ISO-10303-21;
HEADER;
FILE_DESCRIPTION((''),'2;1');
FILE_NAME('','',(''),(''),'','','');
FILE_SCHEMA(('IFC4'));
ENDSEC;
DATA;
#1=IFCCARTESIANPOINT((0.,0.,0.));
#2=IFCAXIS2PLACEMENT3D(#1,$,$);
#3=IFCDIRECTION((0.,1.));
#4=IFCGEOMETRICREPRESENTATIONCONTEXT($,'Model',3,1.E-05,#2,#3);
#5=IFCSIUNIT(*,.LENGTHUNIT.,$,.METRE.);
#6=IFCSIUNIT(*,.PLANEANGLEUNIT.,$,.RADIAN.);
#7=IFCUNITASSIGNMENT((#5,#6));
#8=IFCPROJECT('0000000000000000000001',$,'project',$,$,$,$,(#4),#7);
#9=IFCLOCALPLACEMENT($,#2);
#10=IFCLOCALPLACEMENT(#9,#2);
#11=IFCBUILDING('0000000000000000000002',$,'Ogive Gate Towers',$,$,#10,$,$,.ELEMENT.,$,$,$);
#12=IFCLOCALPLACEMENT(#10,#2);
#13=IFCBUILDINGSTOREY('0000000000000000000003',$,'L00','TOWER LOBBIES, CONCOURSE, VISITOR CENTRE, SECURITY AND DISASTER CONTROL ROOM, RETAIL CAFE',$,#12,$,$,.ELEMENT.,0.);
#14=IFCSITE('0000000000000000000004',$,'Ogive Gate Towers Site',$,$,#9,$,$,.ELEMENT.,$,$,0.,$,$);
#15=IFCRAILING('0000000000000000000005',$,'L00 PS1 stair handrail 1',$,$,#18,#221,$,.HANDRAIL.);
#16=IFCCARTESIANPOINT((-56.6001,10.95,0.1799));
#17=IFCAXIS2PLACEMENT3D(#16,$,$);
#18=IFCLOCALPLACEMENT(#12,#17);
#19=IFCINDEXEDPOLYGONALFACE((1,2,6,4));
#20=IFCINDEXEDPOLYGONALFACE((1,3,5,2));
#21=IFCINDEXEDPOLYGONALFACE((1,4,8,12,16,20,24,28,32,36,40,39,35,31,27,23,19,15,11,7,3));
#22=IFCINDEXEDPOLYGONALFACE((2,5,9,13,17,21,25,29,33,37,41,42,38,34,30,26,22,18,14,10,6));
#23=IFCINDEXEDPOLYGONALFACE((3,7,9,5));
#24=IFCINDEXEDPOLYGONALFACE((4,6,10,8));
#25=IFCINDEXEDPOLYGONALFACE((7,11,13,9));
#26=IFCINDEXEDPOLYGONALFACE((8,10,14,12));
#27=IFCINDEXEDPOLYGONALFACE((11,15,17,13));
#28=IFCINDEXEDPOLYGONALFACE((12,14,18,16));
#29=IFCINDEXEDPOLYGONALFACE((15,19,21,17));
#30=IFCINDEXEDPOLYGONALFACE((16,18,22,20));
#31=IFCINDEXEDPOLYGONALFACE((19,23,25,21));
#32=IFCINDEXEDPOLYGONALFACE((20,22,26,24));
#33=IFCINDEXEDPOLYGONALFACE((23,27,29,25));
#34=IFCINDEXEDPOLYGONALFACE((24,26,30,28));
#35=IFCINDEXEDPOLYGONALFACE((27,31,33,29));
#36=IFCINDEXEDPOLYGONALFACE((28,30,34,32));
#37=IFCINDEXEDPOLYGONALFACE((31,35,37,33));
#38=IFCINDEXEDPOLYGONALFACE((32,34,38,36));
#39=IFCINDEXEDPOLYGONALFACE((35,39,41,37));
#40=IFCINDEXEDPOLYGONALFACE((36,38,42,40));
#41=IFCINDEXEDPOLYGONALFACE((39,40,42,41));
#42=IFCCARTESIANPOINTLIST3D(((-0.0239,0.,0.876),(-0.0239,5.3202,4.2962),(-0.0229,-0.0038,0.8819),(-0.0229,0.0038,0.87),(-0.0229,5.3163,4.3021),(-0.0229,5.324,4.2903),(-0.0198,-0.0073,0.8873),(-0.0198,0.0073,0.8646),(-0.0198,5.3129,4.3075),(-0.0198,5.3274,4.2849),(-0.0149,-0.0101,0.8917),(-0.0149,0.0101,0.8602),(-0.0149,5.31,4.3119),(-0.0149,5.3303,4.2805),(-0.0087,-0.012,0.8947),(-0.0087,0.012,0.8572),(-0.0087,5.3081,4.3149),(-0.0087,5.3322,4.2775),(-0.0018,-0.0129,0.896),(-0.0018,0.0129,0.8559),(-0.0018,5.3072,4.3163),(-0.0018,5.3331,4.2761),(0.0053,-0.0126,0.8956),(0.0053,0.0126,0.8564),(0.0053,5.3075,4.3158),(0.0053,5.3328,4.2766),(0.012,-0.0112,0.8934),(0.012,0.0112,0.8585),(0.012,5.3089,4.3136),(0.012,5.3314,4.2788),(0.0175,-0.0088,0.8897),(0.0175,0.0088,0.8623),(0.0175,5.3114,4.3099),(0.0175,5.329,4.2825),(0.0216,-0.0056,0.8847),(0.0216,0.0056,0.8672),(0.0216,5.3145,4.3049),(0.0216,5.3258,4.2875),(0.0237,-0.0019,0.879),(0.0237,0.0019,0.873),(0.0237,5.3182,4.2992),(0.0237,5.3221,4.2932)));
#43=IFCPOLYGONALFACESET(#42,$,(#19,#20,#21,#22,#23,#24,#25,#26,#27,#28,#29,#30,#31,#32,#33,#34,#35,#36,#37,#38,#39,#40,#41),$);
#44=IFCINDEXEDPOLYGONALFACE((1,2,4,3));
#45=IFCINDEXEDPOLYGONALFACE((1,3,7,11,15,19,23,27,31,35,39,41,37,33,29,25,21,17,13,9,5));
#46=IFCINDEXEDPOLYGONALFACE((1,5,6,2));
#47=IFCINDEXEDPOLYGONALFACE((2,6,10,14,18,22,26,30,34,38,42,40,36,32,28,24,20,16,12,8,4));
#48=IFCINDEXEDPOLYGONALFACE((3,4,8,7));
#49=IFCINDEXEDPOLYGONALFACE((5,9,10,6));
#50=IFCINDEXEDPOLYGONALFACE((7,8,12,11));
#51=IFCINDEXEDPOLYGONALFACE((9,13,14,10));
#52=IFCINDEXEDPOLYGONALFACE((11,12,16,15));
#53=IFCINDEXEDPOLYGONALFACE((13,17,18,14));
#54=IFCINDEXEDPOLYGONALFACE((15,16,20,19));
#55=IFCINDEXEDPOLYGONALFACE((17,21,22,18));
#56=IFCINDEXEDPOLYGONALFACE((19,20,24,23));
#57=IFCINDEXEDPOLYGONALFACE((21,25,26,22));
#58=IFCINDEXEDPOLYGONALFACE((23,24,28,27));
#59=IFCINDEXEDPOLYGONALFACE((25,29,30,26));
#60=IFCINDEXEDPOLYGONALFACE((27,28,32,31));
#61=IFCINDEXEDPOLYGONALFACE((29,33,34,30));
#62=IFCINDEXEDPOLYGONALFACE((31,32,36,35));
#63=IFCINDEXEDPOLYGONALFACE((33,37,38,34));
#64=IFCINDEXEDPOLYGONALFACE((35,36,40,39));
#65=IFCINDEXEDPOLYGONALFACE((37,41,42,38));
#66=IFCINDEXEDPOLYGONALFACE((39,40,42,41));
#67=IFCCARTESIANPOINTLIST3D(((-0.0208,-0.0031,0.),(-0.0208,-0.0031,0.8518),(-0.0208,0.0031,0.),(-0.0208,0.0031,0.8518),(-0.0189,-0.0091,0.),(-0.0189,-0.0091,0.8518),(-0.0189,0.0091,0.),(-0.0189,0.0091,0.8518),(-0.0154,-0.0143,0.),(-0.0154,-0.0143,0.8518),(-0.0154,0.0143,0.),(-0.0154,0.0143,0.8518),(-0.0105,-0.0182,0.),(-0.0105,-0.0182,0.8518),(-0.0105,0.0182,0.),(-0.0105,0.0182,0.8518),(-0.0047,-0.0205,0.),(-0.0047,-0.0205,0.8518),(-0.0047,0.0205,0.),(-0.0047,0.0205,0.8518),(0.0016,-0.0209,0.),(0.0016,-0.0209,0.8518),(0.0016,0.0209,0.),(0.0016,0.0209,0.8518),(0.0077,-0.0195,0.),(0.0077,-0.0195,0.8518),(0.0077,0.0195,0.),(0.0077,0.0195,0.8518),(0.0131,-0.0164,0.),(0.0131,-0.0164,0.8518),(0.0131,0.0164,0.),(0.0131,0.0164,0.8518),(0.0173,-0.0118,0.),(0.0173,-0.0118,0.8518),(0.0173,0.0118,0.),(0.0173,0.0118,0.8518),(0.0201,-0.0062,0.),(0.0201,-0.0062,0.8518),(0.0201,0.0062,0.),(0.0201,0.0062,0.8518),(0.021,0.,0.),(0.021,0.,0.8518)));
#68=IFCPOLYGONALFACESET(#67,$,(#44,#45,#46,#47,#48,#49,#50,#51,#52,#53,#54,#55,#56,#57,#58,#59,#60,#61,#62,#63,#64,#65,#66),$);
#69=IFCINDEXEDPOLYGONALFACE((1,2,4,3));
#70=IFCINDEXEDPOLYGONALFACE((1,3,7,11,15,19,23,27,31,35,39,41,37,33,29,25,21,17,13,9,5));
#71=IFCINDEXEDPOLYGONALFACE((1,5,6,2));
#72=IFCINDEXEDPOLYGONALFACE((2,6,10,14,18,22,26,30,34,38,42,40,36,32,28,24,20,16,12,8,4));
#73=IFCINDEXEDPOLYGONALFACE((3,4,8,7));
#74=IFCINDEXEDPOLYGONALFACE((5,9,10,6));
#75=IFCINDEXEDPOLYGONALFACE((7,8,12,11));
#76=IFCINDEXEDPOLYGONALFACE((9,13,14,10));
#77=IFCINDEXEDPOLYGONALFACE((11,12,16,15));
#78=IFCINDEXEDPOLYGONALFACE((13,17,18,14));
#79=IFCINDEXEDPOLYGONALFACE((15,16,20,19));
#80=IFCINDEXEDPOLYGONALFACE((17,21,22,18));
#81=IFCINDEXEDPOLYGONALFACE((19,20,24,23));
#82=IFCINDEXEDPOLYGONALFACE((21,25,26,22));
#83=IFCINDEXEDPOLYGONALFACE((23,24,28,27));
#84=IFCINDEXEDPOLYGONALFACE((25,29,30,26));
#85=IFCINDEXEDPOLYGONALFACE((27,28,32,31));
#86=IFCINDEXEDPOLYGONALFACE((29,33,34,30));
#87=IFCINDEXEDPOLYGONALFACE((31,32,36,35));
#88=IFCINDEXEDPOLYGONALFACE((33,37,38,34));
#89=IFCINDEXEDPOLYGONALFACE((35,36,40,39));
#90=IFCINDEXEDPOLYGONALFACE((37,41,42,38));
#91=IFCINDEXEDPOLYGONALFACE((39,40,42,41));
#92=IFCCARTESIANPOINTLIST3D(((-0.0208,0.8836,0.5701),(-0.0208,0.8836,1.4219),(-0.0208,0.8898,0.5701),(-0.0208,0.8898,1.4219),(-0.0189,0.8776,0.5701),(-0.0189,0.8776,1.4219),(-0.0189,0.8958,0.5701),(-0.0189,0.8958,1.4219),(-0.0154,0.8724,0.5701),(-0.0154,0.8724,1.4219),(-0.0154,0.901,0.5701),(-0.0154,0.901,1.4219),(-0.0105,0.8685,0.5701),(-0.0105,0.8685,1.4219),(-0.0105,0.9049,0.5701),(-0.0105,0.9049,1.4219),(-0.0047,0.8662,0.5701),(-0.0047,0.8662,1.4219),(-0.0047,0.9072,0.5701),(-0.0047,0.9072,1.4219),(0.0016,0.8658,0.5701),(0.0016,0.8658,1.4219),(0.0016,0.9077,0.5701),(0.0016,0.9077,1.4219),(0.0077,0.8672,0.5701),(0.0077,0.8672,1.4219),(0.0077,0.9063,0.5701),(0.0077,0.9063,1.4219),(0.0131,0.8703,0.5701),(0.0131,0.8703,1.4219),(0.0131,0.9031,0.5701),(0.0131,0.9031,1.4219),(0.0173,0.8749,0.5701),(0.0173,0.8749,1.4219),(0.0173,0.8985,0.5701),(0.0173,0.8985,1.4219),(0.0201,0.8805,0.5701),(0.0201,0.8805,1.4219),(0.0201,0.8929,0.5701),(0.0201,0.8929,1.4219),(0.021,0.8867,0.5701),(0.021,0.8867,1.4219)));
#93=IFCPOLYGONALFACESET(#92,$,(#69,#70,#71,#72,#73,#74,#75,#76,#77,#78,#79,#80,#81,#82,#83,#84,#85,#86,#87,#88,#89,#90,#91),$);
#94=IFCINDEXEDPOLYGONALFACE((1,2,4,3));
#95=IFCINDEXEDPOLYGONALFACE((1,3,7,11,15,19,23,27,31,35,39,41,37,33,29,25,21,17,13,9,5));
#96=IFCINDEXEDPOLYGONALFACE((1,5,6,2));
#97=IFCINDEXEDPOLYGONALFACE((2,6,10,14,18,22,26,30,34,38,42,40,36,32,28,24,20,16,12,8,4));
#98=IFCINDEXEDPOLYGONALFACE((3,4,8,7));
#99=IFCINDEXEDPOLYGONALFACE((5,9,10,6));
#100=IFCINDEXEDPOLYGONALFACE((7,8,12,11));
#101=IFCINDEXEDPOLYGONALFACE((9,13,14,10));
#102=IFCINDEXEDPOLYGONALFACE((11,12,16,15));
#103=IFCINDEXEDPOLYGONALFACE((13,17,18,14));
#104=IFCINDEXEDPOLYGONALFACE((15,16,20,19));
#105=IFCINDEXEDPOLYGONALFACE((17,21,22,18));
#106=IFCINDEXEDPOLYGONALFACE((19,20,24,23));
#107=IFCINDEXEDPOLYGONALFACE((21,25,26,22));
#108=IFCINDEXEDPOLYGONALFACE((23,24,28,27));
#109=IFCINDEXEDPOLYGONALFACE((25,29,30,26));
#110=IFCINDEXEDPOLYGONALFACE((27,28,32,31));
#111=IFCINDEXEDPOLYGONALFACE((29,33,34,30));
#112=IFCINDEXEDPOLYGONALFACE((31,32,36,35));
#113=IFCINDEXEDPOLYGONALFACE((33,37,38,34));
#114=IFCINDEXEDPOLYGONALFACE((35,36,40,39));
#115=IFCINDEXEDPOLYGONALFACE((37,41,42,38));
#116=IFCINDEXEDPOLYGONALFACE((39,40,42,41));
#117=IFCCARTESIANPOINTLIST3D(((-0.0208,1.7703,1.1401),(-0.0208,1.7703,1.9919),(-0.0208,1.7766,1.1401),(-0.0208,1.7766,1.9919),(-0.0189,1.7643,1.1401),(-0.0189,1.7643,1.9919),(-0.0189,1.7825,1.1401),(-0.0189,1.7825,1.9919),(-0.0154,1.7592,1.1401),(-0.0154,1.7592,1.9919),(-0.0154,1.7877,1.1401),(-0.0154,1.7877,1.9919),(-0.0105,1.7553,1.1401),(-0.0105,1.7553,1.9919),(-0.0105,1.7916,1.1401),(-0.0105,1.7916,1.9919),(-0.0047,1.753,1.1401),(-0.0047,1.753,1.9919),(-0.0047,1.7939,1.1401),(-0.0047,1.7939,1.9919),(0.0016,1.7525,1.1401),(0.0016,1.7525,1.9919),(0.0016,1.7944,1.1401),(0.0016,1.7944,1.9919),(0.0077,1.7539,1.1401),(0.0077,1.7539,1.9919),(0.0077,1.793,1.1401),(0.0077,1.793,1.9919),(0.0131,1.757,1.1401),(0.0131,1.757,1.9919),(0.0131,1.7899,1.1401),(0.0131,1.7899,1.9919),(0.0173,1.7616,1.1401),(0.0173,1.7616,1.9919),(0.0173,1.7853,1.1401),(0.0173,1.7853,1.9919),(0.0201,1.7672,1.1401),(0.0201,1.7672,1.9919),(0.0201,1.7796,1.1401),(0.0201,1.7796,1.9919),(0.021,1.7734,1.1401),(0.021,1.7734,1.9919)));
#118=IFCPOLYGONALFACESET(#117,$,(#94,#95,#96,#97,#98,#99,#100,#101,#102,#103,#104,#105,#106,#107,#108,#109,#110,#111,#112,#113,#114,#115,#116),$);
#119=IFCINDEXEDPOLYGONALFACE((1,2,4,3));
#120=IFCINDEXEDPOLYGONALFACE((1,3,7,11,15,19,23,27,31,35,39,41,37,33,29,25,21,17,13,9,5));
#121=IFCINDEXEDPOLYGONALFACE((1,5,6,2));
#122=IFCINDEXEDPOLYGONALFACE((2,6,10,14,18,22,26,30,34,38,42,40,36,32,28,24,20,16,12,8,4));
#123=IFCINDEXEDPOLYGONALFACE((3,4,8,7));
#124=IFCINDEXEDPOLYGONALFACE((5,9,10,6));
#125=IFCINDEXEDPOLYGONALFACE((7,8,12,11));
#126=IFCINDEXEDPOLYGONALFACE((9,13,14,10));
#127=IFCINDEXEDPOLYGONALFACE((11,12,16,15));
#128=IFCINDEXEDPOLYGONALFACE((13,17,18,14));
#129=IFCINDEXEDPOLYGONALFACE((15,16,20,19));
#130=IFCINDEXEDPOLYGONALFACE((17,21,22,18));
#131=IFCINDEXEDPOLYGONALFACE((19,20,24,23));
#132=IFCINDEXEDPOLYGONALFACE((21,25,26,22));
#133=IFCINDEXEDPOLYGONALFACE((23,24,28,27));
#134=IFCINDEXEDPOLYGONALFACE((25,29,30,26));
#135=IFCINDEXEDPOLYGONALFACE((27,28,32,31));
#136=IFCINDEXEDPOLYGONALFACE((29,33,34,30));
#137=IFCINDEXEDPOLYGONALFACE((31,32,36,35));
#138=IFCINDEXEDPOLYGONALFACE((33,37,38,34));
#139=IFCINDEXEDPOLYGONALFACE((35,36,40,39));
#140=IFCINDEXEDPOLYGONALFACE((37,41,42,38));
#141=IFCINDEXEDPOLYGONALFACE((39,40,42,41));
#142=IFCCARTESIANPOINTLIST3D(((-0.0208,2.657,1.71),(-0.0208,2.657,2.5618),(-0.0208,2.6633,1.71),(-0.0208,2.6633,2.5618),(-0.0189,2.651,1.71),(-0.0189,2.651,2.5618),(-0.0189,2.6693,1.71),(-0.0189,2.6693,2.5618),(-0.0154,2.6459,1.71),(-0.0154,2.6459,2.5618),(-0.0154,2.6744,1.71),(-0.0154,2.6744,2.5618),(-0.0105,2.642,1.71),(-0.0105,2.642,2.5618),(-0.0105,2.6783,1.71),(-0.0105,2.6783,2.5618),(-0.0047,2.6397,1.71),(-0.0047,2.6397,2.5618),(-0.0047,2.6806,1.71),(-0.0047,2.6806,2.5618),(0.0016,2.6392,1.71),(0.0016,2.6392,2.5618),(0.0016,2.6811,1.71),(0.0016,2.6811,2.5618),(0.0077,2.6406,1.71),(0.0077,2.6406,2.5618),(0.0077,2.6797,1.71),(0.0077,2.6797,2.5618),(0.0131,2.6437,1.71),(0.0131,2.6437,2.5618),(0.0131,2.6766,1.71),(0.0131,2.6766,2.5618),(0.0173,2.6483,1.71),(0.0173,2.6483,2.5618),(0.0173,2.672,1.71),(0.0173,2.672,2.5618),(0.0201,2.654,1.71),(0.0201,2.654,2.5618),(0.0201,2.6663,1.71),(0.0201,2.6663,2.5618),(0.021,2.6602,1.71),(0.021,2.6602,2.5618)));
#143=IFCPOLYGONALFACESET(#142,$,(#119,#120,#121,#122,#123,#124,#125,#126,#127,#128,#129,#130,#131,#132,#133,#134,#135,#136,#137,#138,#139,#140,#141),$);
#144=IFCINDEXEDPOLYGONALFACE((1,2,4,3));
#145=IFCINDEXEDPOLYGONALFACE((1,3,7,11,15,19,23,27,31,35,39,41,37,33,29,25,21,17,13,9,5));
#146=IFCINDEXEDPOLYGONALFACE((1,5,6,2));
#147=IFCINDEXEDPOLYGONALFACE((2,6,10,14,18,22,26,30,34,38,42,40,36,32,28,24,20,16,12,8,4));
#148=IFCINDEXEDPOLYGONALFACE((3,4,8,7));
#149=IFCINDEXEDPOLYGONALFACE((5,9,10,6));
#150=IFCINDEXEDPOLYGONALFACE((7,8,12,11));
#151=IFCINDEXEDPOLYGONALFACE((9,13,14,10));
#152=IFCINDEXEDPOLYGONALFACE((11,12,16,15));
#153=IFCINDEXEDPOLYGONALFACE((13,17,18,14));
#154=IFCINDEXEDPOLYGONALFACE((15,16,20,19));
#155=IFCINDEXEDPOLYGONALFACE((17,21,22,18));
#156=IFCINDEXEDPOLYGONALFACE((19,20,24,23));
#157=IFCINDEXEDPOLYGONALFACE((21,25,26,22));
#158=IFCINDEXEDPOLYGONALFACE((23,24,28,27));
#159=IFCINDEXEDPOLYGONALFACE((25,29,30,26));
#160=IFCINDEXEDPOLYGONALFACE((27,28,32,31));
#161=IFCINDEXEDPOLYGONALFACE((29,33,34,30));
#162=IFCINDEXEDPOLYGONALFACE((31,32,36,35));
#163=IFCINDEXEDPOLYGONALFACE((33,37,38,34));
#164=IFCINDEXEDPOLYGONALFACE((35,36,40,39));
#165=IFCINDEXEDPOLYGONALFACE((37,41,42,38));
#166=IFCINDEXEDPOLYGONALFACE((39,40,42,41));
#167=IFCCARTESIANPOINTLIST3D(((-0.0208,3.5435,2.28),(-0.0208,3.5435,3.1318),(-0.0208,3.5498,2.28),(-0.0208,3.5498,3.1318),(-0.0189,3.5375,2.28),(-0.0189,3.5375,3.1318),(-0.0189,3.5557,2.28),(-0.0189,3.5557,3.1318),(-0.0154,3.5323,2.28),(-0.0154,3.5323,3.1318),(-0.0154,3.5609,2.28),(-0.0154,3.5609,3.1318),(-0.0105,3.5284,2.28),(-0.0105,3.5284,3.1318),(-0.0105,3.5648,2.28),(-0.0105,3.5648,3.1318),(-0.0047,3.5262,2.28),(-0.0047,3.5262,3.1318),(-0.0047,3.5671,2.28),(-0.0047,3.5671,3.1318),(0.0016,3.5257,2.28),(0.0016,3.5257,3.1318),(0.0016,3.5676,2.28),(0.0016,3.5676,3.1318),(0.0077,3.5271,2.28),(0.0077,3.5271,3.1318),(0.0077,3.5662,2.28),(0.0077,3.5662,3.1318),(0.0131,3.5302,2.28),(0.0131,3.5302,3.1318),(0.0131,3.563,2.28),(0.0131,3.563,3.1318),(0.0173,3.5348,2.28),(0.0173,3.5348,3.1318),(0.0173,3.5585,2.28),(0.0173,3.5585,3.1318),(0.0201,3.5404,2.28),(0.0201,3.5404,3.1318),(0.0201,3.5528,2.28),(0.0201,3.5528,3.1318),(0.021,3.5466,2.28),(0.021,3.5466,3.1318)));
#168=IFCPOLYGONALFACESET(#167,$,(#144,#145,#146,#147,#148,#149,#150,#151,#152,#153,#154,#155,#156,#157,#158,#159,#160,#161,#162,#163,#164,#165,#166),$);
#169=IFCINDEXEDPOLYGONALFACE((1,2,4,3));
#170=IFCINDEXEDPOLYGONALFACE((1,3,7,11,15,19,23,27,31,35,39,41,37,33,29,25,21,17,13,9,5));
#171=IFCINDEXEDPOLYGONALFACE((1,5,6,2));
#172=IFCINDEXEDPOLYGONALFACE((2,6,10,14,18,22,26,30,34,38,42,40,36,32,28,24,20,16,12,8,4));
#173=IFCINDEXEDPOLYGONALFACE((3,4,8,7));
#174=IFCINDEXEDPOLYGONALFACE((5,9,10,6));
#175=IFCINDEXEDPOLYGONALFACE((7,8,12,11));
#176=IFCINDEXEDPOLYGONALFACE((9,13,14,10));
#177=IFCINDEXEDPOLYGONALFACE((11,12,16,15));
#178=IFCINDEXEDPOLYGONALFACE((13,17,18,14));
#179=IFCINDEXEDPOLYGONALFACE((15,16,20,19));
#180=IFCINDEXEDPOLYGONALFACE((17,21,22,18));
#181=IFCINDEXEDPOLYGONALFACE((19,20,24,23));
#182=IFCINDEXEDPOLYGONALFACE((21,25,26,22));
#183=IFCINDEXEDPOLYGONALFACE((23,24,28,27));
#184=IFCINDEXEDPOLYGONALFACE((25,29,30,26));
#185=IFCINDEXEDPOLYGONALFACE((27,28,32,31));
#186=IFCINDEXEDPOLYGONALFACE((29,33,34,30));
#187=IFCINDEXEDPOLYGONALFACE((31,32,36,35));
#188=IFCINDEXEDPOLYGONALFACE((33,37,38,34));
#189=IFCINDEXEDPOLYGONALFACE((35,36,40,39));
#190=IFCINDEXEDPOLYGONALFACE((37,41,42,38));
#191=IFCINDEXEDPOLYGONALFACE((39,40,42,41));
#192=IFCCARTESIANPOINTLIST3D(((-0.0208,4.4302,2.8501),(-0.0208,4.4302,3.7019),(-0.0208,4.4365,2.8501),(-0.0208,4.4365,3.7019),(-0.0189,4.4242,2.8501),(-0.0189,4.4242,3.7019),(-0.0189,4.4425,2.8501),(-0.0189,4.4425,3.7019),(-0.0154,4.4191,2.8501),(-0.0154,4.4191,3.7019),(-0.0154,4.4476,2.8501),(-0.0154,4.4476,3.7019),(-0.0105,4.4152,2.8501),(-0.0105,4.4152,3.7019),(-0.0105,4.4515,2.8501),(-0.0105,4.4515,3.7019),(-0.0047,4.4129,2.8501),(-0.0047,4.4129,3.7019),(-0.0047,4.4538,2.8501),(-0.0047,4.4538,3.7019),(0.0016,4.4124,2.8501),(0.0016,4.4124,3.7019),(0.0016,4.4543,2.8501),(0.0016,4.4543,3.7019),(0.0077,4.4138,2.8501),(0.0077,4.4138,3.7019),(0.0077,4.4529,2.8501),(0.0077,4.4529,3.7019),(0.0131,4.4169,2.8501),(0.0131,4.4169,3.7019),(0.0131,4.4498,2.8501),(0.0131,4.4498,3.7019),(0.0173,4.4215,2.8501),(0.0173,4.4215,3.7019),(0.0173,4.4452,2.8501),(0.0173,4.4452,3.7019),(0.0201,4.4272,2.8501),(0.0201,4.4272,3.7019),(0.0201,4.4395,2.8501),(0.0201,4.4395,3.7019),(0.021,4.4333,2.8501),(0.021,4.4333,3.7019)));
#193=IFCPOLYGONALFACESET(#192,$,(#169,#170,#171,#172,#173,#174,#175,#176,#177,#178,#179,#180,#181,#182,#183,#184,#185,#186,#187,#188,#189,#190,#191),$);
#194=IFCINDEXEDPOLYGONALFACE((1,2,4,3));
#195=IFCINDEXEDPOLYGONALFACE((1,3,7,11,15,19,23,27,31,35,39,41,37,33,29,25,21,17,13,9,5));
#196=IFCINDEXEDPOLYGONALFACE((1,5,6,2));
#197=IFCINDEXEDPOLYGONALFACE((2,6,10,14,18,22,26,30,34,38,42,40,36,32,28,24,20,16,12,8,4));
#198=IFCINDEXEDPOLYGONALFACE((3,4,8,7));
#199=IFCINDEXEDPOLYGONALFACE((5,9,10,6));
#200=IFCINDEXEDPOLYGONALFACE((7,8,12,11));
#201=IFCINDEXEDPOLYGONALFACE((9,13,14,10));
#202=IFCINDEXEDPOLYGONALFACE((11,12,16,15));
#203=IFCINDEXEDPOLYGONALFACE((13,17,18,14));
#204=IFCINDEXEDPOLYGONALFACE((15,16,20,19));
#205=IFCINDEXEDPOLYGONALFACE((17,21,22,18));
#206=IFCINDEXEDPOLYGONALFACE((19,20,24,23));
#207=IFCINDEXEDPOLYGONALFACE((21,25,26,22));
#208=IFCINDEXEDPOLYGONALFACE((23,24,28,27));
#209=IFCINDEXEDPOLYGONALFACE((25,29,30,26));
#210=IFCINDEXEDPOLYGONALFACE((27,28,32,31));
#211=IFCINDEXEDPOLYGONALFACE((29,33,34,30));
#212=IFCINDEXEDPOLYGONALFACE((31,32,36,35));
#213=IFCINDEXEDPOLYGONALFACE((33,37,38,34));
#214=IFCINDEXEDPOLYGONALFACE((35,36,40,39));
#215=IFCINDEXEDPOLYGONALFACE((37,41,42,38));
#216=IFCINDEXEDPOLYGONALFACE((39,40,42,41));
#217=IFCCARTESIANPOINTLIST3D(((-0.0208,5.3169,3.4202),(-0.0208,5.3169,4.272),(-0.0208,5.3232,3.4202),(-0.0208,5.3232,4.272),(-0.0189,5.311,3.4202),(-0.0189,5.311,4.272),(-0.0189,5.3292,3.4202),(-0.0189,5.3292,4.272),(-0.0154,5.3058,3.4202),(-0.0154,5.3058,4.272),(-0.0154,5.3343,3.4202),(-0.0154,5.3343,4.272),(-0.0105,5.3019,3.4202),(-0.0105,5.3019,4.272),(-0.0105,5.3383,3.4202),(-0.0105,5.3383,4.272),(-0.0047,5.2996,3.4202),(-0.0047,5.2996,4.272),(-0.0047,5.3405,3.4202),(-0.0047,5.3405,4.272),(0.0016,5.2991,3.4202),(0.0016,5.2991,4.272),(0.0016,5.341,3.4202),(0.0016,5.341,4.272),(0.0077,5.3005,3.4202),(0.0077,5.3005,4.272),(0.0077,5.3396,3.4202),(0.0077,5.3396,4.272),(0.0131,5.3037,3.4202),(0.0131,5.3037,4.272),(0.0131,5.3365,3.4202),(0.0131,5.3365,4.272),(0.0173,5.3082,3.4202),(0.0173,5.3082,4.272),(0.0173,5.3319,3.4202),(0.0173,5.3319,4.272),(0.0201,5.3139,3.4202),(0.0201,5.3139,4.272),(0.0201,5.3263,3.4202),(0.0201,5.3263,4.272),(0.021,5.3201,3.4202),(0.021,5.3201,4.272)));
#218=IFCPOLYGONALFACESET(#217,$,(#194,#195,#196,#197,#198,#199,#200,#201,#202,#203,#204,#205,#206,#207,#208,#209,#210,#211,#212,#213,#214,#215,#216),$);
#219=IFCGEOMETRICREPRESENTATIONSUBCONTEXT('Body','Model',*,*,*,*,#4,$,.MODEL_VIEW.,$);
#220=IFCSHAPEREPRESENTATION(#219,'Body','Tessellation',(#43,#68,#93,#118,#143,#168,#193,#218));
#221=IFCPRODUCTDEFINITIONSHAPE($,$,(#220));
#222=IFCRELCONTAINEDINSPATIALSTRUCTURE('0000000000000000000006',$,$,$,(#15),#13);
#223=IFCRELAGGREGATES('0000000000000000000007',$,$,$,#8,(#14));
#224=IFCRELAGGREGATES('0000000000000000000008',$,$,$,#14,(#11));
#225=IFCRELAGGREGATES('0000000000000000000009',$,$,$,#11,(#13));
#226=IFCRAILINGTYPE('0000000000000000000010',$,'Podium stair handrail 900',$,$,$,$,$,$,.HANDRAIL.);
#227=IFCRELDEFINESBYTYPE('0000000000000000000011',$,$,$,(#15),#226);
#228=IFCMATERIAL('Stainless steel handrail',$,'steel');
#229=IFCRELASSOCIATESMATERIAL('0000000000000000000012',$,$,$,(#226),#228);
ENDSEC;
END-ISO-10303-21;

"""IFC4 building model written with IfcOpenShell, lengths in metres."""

from ifc_helpers import new_model, si_unit, direction, frame, origin, origin_2d, place, context, subcontext, project, spatial, circle, extrude, material, type_object, element, save


model = new_model("IFC4")

# Units and contexts
model_context = context("Model", 3, precision=1e-05, world=origin(), true_north=direction((0.0, 1.0)))
body_context = subcontext(model_context, "Body", "Model", "MODEL_VIEW")
ifc_project = project(units=[si_unit("LENGTHUNIT", "METRE"), si_unit("PLANEANGLEUNIT", "RADIAN")], contexts=[model_context])

# Site, building, storey
site_placement = place(None, origin())
site = spatial("IfcSite", under=ifc_project, at=site_placement, Name="Ogive Gate Towers Site", CompositionType="ELEMENT", RefElevation=0.0)
building_placement = place(site_placement, origin())
building = spatial("IfcBuilding", under=site, at=building_placement, Name="Ogive Gate Towers", CompositionType="ELEMENT")
storey_placement = place(building_placement, origin())
storey = spatial("IfcBuildingStorey", under=building, at=storey_placement, Name="L00", Description="TOWER LOBBIES, CONCOURSE, VISITOR CENTRE, SECURITY AND DISASTER CONTROL ROOM, RETAIL CAFE", CompositionType="ELEMENT", Elevation=0.0)

# Railing
ifc_material_1 = material(Name="Stainless steel handrail", Category="steel")
railing_type_1 = type_object("IfcRailingType", Name="Podium stair handrail 900", PredefinedType="HANDRAIL", material=ifc_material_1)
railing_1_placement = place(storey_placement, frame((-56.6001, 10.95, 0.1799)))
element("IfcRailing", 1, at=railing_1_placement, inside=storey, type_object=railing_type_1, Name="L00 PS1 stair handrail 1", PredefinedType="HANDRAIL", context=body_context, shape_type="SweptSolid", body=[
    extrude(circle(Radius=0.0239, at=origin_2d()), frame((0.0, 0.0, 0.876), z_axis=(0.0, 0.84117, 0.540771), x_axis=(-1.0, 0.0, 0.0)), (0.0, 0.0, 1.0), 6.3247),
    extrude(circle(Radius=0.021, at=origin_2d()), origin(), (0.0, 0.0, 1.0), 0.8518),
    extrude(circle(Radius=0.021, at=origin_2d()), frame((0.0, 0.8867, 0.5701)), (0.0, 0.0, 1.0), 0.8518),
    extrude(circle(Radius=0.021, at=origin_2d()), frame((0.0, 1.7734, 1.1401)), (0.0, 0.0, 1.0), 0.8518),
    extrude(circle(Radius=0.021, at=origin_2d()), frame((0.0, 2.6602, 1.71)), (0.0, 0.0, 1.0), 0.8518),
    extrude(circle(Radius=0.021, at=origin_2d()), frame((0.0, 3.5466, 2.28)), (0.0, 0.0, 1.0), 0.8518),
    extrude(circle(Radius=0.021, at=origin_2d()), frame((0.0, 4.4333, 2.8501)), (0.0, 0.0, 1.0), 0.8518),
    extrude(circle(Radius=0.021, at=origin_2d()), frame((0.0, 5.3201, 3.4202)), (0.0, 0.0, 1.0), 0.8518),
])

save(model, "model.ifc")
